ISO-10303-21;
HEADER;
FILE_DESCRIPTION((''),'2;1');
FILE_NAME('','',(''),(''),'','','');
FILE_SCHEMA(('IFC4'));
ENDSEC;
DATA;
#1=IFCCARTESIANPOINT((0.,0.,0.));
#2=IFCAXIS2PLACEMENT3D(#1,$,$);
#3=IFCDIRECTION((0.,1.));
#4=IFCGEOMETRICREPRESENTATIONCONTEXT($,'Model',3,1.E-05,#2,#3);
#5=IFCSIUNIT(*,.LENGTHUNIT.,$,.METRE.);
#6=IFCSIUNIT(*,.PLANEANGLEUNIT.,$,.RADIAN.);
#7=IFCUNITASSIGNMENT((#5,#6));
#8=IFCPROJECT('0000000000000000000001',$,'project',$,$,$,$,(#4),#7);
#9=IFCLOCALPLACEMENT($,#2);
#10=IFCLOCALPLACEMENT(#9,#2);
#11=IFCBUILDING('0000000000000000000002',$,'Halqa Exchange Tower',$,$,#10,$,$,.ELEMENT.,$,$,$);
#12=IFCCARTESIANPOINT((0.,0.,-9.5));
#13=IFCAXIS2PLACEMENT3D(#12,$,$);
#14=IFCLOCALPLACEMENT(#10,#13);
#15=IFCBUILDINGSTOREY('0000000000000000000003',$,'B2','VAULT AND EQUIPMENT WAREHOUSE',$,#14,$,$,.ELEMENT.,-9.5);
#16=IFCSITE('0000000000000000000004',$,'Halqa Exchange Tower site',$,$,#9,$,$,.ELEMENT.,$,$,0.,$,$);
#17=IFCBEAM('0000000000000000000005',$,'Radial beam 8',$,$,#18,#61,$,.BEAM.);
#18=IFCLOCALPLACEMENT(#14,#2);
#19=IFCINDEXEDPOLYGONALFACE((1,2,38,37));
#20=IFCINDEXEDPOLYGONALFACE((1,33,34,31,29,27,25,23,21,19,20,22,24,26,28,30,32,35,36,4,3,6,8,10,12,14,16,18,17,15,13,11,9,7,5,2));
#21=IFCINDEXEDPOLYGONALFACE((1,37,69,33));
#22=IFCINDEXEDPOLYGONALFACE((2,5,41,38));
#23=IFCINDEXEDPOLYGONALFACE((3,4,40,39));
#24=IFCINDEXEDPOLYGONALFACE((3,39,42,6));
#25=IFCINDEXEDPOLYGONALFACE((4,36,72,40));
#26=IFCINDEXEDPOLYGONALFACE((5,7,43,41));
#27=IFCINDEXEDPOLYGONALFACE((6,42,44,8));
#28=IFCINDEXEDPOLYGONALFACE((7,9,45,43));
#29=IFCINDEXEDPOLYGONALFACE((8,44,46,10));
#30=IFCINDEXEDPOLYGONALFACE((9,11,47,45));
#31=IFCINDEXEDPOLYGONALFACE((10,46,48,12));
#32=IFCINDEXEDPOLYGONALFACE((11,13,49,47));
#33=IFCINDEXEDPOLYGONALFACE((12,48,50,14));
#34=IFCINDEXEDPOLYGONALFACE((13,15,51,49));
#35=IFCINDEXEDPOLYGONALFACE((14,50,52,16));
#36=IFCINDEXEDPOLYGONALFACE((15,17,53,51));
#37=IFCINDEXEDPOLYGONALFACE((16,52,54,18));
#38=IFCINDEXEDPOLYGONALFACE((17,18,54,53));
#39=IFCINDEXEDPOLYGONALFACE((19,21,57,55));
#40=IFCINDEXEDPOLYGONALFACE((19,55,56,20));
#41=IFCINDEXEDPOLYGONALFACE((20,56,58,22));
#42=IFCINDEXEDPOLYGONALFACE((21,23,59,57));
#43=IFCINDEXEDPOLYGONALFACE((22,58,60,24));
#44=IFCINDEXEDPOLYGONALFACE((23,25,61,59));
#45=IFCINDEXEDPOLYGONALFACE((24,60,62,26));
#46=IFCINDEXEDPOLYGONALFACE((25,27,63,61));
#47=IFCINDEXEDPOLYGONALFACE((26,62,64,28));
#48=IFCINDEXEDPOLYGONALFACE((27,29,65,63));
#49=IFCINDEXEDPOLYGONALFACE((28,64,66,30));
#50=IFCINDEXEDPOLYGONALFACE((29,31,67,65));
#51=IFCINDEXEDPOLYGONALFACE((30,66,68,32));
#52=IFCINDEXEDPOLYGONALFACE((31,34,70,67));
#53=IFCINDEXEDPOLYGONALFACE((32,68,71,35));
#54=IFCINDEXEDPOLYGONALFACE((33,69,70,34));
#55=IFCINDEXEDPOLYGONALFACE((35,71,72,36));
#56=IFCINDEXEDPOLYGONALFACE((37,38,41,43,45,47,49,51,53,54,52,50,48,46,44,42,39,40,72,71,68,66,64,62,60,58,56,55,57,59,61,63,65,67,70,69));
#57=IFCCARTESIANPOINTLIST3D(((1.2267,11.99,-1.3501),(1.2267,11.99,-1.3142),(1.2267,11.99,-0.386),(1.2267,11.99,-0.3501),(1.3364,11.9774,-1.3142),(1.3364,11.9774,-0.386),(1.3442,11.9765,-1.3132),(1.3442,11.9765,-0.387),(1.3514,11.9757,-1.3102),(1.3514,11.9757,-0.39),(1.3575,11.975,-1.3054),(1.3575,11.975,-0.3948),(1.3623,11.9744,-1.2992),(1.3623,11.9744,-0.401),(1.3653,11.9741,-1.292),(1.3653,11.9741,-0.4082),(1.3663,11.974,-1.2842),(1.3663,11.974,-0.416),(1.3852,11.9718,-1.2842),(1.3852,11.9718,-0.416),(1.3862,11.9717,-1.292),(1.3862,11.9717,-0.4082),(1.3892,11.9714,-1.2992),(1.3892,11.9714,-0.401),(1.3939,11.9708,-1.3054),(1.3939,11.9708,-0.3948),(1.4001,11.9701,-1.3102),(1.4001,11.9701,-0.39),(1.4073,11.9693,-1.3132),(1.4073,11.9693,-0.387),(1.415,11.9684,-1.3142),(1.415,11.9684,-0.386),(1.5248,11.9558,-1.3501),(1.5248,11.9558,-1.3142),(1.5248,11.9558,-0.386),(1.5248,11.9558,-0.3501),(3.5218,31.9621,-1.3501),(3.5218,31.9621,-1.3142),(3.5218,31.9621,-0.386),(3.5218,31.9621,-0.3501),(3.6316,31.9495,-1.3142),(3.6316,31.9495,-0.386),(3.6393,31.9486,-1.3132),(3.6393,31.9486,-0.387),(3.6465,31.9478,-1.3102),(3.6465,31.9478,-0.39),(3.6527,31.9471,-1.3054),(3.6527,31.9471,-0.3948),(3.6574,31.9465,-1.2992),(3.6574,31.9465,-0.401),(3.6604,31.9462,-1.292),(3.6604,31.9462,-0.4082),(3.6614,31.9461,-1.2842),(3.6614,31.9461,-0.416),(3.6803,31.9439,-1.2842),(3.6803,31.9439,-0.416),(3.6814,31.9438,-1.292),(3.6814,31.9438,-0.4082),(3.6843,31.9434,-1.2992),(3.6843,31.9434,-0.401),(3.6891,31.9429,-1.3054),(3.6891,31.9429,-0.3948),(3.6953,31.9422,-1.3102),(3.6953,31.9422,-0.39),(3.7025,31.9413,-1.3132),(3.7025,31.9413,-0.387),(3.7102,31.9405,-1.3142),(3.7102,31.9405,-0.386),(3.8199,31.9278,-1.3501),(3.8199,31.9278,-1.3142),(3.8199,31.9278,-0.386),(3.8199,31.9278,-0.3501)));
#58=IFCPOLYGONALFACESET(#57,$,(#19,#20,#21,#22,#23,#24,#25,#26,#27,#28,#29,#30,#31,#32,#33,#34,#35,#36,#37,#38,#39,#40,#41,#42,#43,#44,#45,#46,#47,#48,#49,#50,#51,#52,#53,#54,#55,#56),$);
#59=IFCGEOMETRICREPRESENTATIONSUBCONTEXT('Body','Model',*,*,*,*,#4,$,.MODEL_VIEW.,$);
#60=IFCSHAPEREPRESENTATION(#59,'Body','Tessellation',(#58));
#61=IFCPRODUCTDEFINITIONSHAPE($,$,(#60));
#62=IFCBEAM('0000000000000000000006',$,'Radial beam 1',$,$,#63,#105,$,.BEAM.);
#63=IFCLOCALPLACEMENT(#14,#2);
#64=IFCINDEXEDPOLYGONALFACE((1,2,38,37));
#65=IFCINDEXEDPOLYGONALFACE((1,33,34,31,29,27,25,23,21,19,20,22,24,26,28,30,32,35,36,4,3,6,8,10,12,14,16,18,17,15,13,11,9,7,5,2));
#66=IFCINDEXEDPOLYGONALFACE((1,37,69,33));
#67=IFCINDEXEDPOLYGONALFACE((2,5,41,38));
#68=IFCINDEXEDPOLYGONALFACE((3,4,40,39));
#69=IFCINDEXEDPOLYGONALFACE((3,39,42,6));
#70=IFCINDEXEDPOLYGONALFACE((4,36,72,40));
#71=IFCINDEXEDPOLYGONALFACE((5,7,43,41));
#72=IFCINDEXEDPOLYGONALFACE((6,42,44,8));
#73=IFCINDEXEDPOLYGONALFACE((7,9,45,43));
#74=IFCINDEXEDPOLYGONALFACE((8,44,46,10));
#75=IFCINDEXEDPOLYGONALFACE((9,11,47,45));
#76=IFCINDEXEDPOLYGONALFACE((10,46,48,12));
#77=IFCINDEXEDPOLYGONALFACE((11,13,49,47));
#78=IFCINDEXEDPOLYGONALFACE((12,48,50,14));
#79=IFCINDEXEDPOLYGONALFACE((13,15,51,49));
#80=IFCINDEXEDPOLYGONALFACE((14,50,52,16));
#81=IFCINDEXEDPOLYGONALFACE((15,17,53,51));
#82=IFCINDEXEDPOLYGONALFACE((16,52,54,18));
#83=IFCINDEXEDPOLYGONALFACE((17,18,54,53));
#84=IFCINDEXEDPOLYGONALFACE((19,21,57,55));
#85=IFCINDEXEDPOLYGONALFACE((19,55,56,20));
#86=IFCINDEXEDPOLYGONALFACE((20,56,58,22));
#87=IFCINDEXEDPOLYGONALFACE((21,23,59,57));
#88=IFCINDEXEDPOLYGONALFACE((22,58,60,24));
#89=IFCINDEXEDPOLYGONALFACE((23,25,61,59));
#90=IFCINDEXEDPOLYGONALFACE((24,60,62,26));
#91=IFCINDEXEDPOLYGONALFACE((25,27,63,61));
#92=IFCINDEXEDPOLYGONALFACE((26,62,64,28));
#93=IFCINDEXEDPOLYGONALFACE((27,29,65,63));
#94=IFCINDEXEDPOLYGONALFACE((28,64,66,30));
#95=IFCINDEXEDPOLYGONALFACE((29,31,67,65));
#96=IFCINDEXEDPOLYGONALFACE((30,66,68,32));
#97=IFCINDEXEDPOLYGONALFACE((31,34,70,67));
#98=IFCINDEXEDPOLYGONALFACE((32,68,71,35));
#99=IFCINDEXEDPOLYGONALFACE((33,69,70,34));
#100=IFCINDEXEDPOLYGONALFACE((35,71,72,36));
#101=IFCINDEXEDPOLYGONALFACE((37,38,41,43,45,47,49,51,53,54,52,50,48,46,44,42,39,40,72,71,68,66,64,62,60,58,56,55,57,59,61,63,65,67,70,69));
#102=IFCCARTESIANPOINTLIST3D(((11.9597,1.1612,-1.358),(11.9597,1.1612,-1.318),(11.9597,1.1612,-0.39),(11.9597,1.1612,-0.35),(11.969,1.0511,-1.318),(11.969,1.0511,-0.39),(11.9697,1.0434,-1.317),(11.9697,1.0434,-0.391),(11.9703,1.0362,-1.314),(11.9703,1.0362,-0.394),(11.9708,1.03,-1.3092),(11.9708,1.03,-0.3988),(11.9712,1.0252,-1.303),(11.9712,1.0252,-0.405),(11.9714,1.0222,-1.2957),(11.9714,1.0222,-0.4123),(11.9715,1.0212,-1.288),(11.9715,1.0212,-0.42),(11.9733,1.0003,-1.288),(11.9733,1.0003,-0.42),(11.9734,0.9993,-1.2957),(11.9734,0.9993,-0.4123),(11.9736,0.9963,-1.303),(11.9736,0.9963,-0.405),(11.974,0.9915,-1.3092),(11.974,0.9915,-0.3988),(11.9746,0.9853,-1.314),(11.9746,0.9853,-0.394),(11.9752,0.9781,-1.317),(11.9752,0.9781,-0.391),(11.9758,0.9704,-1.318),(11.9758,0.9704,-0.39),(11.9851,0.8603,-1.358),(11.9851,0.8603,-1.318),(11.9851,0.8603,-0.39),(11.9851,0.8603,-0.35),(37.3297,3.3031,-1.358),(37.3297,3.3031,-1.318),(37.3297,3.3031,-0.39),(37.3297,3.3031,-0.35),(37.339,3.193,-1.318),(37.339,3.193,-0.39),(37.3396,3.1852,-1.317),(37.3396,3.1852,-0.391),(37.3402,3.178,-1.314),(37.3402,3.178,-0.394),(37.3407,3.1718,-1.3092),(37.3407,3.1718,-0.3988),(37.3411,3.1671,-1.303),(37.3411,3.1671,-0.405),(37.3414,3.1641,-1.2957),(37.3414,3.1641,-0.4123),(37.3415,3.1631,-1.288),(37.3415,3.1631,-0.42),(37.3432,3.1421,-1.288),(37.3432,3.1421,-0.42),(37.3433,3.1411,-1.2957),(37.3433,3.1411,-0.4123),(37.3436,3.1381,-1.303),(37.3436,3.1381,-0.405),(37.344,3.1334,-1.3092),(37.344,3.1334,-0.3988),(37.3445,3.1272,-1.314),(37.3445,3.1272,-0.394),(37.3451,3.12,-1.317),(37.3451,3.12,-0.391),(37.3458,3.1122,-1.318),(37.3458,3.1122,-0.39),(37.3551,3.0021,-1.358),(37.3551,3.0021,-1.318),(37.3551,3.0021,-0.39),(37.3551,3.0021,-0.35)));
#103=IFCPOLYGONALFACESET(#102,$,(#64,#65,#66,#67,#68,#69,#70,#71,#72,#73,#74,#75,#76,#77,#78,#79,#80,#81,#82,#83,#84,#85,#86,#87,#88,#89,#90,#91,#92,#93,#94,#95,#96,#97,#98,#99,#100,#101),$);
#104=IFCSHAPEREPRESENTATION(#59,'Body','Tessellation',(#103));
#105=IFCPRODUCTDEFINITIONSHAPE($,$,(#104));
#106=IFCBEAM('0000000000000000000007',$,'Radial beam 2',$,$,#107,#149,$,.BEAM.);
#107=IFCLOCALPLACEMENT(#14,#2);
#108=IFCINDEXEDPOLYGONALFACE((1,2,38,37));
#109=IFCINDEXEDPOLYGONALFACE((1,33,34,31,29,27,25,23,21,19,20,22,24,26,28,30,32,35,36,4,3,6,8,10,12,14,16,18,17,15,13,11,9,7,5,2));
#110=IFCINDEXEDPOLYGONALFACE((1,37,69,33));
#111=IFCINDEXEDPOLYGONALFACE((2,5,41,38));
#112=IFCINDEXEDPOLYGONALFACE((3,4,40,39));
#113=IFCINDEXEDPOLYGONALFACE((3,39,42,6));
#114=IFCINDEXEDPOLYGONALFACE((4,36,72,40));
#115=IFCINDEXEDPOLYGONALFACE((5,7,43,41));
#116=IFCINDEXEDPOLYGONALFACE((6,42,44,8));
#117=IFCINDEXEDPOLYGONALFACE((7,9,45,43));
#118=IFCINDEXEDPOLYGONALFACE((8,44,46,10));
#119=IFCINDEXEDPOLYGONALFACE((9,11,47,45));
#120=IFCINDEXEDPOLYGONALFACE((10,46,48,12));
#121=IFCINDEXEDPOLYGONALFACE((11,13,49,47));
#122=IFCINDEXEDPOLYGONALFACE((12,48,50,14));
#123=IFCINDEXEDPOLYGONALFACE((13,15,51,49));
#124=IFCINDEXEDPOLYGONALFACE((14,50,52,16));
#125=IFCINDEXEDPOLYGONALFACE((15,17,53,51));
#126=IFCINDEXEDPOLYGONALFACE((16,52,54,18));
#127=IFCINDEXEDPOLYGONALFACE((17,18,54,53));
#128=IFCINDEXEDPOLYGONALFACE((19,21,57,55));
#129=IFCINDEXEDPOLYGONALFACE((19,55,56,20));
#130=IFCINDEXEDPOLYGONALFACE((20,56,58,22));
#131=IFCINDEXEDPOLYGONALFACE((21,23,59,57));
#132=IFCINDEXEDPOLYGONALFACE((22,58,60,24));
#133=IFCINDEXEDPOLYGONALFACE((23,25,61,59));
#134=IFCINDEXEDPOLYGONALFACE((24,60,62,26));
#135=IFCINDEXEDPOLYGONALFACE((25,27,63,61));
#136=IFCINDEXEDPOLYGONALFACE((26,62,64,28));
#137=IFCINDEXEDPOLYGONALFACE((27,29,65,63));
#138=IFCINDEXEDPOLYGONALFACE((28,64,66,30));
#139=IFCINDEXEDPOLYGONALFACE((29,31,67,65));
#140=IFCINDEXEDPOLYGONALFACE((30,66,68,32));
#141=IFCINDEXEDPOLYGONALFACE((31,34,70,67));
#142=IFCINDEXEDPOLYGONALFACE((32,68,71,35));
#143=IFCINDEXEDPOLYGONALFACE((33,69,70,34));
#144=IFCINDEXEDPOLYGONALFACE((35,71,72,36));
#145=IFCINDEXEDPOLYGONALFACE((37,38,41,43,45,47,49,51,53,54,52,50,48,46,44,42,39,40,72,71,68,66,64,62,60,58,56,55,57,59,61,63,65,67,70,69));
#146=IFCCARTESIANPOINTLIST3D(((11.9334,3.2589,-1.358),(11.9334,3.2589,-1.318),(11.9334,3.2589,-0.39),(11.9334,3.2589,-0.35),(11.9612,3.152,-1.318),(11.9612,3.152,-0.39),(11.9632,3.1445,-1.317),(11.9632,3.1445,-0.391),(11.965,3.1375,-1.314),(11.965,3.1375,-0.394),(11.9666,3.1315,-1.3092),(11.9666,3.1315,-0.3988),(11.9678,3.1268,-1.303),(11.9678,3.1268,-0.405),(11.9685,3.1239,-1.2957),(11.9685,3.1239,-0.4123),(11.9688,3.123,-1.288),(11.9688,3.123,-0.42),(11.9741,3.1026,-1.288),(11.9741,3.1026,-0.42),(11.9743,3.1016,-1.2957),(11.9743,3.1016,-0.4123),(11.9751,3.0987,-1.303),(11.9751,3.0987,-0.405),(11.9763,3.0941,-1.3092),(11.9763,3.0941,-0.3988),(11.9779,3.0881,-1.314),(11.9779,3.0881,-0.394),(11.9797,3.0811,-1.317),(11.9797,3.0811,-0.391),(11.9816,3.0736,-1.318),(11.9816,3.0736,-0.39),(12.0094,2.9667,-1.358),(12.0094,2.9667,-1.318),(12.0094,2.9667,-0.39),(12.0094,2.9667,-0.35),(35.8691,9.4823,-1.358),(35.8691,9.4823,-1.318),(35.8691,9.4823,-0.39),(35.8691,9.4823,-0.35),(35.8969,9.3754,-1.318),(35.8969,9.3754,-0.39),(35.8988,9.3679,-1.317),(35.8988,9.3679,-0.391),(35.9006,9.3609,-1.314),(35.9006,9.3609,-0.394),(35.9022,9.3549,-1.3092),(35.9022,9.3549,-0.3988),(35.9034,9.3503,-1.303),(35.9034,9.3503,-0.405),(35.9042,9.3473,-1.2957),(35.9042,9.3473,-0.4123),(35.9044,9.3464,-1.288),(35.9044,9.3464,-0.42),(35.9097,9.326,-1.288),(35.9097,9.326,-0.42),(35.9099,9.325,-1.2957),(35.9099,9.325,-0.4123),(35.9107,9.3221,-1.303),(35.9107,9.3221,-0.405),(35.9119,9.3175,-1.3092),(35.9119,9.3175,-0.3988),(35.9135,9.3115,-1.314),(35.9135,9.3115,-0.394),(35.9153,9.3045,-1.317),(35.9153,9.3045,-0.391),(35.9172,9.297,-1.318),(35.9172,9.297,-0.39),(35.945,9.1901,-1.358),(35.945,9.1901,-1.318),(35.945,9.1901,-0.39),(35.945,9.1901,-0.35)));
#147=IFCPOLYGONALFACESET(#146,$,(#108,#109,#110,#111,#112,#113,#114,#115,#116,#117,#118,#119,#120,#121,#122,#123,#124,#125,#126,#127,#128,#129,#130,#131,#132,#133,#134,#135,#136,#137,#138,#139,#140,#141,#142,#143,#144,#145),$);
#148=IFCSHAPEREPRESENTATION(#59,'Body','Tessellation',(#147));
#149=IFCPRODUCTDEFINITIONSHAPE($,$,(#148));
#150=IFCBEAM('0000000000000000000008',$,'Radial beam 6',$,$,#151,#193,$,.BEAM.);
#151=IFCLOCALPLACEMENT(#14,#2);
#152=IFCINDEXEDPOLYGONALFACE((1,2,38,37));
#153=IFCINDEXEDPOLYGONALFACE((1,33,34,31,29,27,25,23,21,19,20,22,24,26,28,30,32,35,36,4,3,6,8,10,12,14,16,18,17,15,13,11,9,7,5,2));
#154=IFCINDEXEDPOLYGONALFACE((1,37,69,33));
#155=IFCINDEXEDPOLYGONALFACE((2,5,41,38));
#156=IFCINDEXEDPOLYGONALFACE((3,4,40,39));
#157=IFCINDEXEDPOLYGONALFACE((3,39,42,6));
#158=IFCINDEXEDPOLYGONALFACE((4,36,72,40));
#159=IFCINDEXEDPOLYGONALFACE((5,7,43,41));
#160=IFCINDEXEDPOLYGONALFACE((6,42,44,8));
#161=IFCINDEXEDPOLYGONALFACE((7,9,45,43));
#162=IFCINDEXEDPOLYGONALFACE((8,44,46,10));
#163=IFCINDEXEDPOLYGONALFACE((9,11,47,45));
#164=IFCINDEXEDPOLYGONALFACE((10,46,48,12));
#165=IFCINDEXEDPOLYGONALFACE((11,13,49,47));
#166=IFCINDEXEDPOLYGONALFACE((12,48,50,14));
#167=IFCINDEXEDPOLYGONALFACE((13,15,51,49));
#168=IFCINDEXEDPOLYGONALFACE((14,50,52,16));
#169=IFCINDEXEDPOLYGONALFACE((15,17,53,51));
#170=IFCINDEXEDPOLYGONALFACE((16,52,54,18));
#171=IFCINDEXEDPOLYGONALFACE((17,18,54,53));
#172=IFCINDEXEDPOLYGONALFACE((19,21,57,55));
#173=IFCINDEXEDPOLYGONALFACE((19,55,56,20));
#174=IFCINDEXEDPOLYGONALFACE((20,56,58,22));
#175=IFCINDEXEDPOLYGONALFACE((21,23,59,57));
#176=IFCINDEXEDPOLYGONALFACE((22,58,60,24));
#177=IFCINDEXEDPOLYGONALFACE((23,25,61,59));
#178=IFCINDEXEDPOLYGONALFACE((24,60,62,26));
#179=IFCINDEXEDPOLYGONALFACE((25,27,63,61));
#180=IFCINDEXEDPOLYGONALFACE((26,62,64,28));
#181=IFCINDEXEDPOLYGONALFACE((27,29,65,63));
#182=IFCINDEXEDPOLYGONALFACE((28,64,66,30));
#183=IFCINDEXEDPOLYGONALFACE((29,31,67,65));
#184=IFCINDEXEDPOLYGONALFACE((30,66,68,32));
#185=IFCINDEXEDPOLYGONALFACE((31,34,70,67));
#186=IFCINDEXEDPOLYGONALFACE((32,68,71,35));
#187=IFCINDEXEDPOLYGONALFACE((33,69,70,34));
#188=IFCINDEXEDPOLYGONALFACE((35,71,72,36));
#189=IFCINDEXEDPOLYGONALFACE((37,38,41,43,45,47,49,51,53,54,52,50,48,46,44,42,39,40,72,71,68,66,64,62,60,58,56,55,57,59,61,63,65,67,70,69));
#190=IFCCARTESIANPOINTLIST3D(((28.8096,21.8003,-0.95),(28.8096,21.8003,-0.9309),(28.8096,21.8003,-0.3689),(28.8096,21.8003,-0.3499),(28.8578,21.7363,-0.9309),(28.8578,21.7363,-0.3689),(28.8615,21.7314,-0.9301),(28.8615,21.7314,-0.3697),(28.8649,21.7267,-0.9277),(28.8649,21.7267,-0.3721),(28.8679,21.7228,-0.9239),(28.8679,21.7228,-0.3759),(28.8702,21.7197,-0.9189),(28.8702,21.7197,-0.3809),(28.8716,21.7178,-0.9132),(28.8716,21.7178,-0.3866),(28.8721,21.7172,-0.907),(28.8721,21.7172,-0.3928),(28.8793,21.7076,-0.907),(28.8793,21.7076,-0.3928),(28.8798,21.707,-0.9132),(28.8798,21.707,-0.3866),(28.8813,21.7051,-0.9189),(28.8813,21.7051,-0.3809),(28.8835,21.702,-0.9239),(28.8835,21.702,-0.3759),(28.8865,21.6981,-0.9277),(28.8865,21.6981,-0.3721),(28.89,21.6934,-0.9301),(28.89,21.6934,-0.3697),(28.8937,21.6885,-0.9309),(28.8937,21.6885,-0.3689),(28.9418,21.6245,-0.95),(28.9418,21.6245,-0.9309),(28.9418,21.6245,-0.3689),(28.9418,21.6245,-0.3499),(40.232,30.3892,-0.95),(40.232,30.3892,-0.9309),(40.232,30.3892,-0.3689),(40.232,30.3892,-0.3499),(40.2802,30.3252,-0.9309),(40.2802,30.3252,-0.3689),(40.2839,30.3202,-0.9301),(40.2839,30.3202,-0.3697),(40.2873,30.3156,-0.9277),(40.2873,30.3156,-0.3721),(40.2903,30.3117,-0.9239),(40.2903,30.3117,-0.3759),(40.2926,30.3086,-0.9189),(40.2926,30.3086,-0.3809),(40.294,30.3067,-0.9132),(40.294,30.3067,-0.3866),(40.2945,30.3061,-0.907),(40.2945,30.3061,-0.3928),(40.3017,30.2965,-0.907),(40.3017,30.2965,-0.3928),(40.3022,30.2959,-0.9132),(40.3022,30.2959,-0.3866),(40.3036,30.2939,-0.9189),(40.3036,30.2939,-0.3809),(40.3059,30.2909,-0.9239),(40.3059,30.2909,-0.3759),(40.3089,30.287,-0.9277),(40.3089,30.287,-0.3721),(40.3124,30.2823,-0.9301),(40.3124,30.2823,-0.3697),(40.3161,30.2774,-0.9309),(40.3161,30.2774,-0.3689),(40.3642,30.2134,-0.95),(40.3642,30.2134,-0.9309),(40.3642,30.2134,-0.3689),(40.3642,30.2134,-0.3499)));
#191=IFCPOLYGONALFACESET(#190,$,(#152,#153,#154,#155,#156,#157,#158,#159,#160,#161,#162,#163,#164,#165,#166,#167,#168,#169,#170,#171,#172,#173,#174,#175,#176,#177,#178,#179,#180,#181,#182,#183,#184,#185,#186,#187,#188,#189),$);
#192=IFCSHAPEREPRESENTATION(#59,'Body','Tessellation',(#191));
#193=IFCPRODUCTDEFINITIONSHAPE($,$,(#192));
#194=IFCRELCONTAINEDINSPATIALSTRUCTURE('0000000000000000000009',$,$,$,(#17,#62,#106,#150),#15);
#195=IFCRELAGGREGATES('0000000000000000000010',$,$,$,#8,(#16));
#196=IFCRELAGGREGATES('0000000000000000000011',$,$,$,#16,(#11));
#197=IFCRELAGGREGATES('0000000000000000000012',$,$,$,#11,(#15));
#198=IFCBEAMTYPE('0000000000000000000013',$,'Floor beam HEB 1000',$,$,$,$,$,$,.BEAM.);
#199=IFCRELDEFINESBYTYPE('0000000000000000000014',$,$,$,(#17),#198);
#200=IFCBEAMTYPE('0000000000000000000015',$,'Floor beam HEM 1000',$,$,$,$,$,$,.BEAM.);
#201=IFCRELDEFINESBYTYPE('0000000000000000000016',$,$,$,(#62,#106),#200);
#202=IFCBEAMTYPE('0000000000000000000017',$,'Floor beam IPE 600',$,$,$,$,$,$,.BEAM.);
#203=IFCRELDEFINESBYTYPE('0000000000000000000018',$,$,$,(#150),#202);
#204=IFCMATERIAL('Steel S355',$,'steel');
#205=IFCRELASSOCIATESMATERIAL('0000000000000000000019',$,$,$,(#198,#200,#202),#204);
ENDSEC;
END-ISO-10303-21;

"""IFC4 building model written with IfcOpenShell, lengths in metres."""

from ifc_helpers import new_model, si_unit, direction, frame, origin, origin_2d, place, context, subcontext, project, spatial, i_section, extrude, material, material_profile, profile_set, type_object, element, save


model = new_model("IFC4")

# Units and contexts
model_context = context("Model", 3, precision=1e-05, world=origin(), true_north=direction((0.0, 1.0)))
body_context = subcontext(model_context, "Body", "Model", "MODEL_VIEW")
ifc_project = project(units=[si_unit("LENGTHUNIT", "METRE"), si_unit("PLANEANGLEUNIT", "RADIAN")], contexts=[model_context])

# Site, building, storey
site_placement = place(None, origin())
site = spatial("IfcSite", under=ifc_project, at=site_placement, Name="Halqa Exchange Tower site", CompositionType="ELEMENT", RefElevation=0.0)
building_placement = place(site_placement, origin())
building = spatial("IfcBuilding", under=site, at=building_placement, Name="Halqa Exchange Tower", CompositionType="ELEMENT")
storey_placement = place(building_placement, frame((0.0, 0.0, -9.5)))
storey = spatial("IfcBuildingStorey", under=building, at=storey_placement, Name="B2", Description="VAULT AND EQUIPMENT WAREHOUSE", CompositionType="ELEMENT", Elevation=-9.5)

# Beams
ifc_material_1 = material(Name="Steel S355", Category="steel")
ifc_material_profile_1 = material_profile(ifc_material_1, i_section(OverallWidth=0.3, OverallDepth=1.0, WebThickness=0.019, FlangeThickness=0.0359, FilletRadius=0.03, at=origin_2d()), Name="HEB 1000")
ifc_profile_set_1 = profile_set([ifc_material_profile_1], Name="Steel S355")
beam_type_1 = type_object("IfcBeamType", Name="Floor beam HEB 1000", PredefinedType="BEAM", material=ifc_profile_set_1)
beam_1_placement = place(storey_placement, frame((1.3757, 11.9729, -0.8501), z_axis=(0.114167, 0.993462, 0.0), x_axis=(-0.993462, 0.114167, 0.0)))
element("IfcBeam", 1, at=beam_1_placement, inside=storey, type_object=beam_type_1, Name="Radial beam 8", PredefinedType="BEAM", context=body_context, shape_type="SweptSolid", body=[
    extrude(i_section(OverallWidth=0.3, OverallDepth=1.0, WebThickness=0.019, FlangeThickness=0.0359, FilletRadius=0.03, at=origin_2d()), origin(), (0.0, 0.0, 1.0), 20.1035),
])
ifc_material_profile_2 = material_profile(ifc_material_1, i_section(OverallWidth=0.302, OverallDepth=1.0081, WebThickness=0.021, FlangeThickness=0.04, FilletRadius=0.03, at=origin_2d()), Name="HEM 1000")
ifc_profile_set_2 = profile_set([ifc_material_profile_2], Name="Steel S355")
beam_type_2 = type_object("IfcBeamType", Name="Floor beam HEM 1000", PredefinedType="BEAM", material=ifc_profile_set_2)
beam_2_placement = place(storey_placement, frame((11.9724, 1.0107, -0.854), z_axis=(0.996455, 0.084125, 0.0), x_axis=(-0.084125, 0.996455, 0.0)))
element("IfcBeam", 2, at=beam_2_placement, inside=storey, type_object=beam_type_2, Name="Radial beam 1", PredefinedType="BEAM", context=body_context, shape_type="SweptSolid", body=[
    extrude(i_section(OverallWidth=0.302, OverallDepth=1.0081, WebThickness=0.021, FlangeThickness=0.04, FilletRadius=0.03, at=origin_2d()), origin(), (0.0, 0.0, 1.0), 25.4602),
])
beam_3_placement = place(storey_placement, frame((11.9714, 3.1128, -0.854), z_axis=(0.967821, 0.251639, 0.0), x_axis=(-0.251639, 0.967821, 0.0)))
element("IfcBeam", 3, at=beam_3_placement, inside=storey, type_object=beam_type_2, Name="Radial beam 2", PredefinedType="BEAM", context=body_context, shape_type="SweptSolid", body=[
    extrude(i_section(OverallWidth=0.302, OverallDepth=1.0081, WebThickness=0.021, FlangeThickness=0.04, FilletRadius=0.03, at=origin_2d()), origin(), (0.0, 0.0, 1.0), 24.7314),
])
ifc_material_profile_3 = material_profile(ifc_material_1, i_section(OverallWidth=0.22, OverallDepth=0.6001, WebThickness=0.012, FlangeThickness=0.019, FilletRadius=0.0239, at=origin_2d()), Name="IPE 600")
ifc_profile_set_3 = profile_set([ifc_material_profile_3], Name="Steel S355")
beam_type_3 = type_object("IfcBeamType", Name="Floor beam IPE 600", PredefinedType="BEAM", material=ifc_profile_set_3)
beam_4_placement = place(storey_placement, frame((28.8757, 21.7124, -0.6499), z_axis=(0.799257, 0.600989, 0.0), x_axis=(-0.600989, 0.799257, 0.0)))
element("IfcBeam", 4, at=beam_4_placement, inside=storey, type_object=beam_type_3, Name="Radial beam 6", PredefinedType="BEAM", context=body_context, shape_type="SweptSolid", body=[
    extrude(i_section(OverallWidth=0.22, OverallDepth=0.6001, WebThickness=0.012, FlangeThickness=0.019, FilletRadius=0.0239, at=origin_2d()), origin(), (0.0, 0.0, 1.0), 14.2913),
])

save(model, "model.ifc")
